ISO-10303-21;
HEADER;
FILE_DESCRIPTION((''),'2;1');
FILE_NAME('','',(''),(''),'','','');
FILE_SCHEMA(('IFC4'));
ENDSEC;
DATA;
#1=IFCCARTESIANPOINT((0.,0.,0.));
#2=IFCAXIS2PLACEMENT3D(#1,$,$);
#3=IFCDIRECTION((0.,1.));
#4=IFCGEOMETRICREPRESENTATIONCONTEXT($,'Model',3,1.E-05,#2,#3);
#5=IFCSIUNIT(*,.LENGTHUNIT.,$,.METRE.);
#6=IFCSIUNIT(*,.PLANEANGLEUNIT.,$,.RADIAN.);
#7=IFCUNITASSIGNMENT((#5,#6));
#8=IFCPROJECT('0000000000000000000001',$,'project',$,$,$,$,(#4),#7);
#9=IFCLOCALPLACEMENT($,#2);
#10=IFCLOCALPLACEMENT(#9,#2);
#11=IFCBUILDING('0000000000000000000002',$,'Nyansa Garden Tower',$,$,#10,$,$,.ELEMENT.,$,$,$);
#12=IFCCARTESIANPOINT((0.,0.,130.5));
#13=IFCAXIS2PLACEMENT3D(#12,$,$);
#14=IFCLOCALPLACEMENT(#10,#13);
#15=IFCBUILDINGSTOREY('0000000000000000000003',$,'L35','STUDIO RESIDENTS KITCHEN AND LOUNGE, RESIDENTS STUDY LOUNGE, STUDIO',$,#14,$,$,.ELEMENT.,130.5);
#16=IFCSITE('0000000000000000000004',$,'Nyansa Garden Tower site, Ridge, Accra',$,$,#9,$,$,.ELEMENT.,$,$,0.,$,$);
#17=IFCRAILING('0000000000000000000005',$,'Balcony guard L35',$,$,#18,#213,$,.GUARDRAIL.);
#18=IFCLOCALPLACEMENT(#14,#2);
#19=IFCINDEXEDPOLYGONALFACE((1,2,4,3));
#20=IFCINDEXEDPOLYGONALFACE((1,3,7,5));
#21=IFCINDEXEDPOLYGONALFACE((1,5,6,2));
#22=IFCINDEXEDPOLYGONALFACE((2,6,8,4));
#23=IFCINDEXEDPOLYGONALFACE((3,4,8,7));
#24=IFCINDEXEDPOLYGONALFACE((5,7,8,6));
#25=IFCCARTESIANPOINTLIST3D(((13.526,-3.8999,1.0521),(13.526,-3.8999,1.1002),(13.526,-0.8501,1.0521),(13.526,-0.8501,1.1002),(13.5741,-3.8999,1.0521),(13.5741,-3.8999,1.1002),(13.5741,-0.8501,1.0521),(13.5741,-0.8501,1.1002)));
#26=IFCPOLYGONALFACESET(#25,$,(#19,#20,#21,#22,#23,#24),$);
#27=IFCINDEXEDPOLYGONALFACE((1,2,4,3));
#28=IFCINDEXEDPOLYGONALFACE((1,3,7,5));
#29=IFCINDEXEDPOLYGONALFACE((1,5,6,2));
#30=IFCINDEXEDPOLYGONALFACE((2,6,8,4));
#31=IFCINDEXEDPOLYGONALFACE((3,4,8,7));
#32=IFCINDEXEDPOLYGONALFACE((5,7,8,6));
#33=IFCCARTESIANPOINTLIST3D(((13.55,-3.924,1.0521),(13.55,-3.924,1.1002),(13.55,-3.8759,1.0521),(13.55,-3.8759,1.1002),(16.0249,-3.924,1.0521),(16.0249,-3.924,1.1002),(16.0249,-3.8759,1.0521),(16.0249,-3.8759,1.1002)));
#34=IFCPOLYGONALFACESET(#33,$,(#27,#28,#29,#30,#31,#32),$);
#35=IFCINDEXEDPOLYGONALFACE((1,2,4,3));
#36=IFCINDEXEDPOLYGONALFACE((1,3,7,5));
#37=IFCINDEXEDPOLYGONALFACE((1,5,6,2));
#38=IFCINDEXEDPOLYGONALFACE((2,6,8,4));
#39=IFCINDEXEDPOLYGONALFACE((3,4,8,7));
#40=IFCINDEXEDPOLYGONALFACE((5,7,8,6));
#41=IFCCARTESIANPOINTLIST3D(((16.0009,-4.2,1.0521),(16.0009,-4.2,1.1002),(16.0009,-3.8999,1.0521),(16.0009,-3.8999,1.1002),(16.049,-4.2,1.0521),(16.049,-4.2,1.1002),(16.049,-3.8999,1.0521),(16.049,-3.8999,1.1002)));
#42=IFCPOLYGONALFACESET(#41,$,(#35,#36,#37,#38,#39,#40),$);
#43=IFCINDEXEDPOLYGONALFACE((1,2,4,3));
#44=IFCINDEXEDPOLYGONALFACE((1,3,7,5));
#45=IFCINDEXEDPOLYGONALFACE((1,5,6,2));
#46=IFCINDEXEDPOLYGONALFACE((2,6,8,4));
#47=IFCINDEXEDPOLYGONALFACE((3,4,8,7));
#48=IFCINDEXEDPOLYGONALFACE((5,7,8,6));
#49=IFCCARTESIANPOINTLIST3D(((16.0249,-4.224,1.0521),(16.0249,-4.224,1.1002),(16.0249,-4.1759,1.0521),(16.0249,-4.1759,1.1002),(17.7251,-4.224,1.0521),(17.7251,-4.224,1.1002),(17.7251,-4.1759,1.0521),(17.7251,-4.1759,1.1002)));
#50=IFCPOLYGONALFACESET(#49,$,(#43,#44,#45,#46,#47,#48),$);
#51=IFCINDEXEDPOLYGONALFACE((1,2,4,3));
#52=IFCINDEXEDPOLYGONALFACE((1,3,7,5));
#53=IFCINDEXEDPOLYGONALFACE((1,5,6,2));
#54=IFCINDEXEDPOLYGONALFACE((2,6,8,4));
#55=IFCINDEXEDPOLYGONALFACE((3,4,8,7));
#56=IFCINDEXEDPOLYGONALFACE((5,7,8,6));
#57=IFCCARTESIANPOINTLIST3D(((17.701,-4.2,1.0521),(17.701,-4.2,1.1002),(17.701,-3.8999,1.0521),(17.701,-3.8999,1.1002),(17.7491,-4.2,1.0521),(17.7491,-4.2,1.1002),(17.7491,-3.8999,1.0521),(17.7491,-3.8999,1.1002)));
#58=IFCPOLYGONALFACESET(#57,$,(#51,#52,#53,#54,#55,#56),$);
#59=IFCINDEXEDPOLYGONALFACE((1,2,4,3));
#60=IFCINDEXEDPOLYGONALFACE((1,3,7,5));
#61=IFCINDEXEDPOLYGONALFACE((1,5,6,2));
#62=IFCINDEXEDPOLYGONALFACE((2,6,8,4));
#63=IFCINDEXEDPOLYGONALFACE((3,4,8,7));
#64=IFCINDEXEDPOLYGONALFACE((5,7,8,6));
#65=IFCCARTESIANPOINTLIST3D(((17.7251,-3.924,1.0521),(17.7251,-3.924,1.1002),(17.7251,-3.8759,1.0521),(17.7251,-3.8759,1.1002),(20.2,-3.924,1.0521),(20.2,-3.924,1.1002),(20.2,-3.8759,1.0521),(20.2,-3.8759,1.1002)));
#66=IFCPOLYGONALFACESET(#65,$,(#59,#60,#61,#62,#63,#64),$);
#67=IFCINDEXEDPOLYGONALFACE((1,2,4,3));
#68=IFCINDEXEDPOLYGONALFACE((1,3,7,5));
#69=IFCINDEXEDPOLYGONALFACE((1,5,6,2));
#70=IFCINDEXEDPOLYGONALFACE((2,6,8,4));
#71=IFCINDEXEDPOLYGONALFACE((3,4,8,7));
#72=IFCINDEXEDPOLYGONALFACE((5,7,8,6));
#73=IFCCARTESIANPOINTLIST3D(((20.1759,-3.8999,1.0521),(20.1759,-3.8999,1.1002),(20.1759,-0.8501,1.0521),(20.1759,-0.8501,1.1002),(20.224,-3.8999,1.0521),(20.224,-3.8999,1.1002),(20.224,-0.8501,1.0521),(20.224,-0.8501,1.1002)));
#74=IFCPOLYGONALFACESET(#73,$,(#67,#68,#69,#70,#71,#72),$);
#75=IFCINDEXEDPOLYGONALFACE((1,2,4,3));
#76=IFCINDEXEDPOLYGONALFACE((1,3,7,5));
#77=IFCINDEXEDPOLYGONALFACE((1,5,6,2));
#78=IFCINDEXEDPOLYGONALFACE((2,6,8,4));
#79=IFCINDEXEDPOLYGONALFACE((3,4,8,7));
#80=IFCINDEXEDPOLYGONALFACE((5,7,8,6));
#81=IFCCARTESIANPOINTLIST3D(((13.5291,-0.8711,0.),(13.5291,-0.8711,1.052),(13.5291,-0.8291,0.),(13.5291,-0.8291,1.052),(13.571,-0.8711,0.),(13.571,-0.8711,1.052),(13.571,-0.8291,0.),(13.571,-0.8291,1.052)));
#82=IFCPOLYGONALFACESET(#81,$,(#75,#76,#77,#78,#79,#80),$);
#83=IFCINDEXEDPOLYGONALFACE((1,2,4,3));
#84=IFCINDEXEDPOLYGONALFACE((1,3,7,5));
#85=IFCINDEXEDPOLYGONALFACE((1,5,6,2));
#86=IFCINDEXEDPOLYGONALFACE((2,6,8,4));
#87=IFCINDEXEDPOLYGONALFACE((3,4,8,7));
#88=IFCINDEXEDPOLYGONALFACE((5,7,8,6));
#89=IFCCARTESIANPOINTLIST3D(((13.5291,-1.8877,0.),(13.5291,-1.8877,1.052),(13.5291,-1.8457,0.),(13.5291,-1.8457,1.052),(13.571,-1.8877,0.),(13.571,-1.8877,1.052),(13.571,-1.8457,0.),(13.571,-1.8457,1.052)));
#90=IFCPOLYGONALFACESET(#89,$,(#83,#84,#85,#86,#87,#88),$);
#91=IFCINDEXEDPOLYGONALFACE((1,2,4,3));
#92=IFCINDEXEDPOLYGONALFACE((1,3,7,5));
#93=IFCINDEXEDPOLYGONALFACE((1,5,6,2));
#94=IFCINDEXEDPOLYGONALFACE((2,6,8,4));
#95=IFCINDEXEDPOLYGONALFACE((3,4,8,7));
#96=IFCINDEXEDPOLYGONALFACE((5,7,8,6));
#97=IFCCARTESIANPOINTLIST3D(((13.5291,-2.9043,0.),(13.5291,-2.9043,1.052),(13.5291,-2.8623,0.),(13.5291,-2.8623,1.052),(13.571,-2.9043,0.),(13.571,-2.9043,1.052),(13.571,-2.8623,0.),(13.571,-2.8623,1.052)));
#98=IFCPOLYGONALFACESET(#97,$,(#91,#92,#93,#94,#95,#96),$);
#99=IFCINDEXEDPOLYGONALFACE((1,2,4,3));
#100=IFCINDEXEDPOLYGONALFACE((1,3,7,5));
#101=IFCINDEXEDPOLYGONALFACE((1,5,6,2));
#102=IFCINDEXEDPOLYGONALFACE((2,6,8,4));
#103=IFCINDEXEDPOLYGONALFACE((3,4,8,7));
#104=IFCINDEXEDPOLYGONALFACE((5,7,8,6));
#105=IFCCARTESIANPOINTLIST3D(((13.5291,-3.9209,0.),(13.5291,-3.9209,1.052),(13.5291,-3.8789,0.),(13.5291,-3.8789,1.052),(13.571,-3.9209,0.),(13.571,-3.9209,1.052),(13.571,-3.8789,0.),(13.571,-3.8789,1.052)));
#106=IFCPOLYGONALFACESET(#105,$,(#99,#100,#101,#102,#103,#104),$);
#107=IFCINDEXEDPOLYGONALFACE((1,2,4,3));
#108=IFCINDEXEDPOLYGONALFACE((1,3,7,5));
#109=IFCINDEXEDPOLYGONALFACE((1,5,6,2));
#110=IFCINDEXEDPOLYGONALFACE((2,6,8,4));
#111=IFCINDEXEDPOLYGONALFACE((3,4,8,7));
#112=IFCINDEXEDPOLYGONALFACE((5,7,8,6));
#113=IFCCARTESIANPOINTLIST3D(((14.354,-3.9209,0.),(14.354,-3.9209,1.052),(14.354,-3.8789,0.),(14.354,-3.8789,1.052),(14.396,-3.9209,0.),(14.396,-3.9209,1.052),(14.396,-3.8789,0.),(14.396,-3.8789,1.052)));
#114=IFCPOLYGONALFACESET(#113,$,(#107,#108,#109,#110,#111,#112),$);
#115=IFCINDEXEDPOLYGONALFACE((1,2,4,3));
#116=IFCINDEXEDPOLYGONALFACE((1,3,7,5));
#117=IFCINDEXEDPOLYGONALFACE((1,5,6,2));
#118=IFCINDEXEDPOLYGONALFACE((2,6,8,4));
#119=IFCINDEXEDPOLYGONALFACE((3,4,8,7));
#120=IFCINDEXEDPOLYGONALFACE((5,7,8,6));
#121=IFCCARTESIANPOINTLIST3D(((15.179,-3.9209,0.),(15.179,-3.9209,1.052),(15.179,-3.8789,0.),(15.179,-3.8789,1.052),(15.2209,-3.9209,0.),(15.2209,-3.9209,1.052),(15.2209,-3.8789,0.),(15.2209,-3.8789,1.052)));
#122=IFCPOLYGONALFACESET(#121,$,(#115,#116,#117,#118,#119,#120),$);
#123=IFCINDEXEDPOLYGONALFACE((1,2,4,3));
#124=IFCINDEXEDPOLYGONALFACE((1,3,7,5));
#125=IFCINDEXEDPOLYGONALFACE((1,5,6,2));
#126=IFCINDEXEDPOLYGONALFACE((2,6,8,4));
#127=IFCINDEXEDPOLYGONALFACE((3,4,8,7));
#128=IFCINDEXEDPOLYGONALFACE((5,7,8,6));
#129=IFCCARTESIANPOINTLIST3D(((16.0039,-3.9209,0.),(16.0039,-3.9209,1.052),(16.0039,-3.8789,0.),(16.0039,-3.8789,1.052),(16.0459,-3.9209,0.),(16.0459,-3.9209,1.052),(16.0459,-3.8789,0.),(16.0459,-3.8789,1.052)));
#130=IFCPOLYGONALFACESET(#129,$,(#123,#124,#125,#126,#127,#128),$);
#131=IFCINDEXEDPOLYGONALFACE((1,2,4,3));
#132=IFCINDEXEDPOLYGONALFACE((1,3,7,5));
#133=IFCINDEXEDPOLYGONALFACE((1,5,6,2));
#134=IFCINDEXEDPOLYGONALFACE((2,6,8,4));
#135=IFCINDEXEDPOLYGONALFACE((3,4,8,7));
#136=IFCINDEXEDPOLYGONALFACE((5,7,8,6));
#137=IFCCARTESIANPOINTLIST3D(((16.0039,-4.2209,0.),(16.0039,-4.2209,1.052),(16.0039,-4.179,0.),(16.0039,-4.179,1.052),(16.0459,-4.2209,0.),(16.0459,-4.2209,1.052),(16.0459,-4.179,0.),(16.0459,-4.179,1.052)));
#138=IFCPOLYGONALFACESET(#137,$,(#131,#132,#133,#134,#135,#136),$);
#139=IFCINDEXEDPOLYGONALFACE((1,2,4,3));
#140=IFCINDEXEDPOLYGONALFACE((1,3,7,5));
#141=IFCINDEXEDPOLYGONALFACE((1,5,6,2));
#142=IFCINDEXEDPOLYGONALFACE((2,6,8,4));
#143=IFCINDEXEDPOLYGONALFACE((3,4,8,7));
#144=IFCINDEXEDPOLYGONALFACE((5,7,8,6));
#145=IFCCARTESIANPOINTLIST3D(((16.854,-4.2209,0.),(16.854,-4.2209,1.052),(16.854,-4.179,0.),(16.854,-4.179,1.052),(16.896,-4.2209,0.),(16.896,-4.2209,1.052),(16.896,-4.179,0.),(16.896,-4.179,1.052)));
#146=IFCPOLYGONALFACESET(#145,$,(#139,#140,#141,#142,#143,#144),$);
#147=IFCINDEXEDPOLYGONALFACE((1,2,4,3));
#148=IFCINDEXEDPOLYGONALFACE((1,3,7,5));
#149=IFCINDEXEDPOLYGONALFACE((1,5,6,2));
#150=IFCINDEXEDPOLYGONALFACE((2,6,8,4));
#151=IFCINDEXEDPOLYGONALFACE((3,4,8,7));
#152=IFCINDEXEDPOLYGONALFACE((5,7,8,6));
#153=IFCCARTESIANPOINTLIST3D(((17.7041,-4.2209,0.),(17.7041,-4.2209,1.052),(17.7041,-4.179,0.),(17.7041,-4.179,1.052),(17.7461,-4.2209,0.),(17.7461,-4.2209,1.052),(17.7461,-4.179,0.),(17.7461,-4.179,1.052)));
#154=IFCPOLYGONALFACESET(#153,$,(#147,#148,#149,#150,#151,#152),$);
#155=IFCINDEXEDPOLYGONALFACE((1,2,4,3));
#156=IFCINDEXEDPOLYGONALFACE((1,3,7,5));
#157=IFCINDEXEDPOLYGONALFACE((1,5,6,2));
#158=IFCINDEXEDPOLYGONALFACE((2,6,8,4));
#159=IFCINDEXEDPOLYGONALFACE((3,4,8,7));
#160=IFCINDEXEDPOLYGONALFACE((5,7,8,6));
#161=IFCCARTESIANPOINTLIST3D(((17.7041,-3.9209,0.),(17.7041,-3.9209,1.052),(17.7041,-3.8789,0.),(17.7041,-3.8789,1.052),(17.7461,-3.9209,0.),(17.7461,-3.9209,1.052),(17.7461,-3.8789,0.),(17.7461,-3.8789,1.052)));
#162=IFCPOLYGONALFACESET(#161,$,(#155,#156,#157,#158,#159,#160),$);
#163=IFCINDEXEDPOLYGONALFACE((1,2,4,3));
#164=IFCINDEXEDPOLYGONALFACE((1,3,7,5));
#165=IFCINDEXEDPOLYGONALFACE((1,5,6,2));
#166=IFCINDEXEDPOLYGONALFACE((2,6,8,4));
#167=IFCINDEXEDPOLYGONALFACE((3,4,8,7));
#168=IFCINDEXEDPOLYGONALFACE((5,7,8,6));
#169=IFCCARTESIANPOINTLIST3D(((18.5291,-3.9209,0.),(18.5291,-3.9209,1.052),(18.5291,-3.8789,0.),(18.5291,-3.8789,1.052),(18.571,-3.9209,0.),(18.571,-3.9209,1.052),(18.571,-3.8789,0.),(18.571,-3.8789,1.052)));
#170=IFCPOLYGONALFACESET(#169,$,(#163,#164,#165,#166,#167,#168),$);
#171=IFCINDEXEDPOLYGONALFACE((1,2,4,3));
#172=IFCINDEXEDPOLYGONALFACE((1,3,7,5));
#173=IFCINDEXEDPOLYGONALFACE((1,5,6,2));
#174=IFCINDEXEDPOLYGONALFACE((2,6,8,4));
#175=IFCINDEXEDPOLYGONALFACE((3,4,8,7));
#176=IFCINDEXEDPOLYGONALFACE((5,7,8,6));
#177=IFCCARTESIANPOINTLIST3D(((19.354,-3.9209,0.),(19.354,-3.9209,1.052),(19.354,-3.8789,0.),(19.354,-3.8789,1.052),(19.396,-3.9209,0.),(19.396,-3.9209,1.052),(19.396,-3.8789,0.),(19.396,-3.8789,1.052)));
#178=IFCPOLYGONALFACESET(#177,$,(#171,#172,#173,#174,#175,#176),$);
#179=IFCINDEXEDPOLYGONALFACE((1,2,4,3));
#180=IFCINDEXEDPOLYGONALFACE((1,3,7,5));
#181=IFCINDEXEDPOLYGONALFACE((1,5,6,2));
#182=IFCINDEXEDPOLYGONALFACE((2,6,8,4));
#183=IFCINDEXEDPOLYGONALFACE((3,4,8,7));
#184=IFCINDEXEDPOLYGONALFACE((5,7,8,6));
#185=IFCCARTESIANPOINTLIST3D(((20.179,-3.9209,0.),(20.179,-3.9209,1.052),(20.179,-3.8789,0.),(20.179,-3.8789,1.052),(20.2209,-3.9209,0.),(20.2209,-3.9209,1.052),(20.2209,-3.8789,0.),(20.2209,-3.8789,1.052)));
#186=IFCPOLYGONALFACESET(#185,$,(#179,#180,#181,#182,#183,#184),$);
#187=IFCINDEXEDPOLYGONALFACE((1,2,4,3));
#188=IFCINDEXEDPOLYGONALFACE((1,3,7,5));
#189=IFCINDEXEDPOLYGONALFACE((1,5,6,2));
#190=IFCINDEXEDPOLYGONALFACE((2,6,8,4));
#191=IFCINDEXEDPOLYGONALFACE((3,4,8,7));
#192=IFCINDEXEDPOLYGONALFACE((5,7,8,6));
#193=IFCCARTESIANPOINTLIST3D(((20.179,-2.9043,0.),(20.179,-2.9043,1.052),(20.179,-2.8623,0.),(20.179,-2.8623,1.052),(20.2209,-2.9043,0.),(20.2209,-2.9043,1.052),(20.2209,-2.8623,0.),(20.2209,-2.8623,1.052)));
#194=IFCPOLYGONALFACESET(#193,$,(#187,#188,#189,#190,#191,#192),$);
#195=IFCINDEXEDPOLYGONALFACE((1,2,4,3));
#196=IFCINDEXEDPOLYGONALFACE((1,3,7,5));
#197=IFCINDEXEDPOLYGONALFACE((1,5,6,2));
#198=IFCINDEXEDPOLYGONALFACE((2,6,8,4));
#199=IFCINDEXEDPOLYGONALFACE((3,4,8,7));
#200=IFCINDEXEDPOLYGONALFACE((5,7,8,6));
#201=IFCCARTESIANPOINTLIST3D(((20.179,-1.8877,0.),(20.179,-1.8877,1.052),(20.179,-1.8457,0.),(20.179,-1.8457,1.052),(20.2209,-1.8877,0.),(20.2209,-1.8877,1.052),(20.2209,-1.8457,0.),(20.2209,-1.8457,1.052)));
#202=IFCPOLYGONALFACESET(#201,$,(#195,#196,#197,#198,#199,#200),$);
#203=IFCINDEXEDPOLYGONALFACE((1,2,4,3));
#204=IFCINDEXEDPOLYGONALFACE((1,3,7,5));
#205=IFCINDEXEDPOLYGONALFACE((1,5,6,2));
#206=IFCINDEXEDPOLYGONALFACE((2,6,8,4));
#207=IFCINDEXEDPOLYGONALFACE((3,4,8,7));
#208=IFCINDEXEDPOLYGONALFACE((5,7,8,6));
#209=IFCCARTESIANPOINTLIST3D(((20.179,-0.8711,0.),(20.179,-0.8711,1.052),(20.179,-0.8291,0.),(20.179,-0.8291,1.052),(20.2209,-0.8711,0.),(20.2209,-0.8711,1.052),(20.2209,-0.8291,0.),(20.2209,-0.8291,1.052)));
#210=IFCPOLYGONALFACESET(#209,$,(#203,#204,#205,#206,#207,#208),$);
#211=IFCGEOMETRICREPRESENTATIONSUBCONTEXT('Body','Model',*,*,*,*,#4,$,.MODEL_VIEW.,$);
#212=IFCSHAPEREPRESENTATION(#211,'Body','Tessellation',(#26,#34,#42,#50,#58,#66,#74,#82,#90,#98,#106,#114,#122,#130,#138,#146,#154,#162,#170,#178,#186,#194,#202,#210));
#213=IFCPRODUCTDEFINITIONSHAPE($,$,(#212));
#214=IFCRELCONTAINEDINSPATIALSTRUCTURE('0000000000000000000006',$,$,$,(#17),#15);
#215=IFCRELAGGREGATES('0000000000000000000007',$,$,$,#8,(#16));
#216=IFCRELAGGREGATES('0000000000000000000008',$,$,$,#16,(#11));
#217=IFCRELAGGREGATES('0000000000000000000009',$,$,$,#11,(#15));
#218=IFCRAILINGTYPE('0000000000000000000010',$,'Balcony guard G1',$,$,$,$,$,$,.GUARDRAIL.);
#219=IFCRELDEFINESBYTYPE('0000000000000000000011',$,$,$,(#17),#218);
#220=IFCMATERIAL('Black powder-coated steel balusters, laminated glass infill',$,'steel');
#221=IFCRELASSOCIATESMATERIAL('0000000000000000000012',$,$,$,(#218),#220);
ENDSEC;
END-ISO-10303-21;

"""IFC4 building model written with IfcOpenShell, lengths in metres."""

from ifc_helpers import new_model, si_unit, direction, frame, origin, origin_2d, place, context, subcontext, project, spatial, rectangle, extrude, material, type_object, element, save


model = new_model("IFC4")

# Units and contexts
model_context = context("Model", 3, precision=1e-05, world=origin(), true_north=direction((0.0, 1.0)))
body_context = subcontext(model_context, "Body", "Model", "MODEL_VIEW")
ifc_project = project(units=[si_unit("LENGTHUNIT", "METRE"), si_unit("PLANEANGLEUNIT", "RADIAN")], contexts=[model_context])

# Site, building, storey
site_placement = place(None, origin())
site = spatial("IfcSite", under=ifc_project, at=site_placement, Name="Nyansa Garden Tower site, Ridge, Accra", CompositionType="ELEMENT", RefElevation=0.0)
building_placement = place(site_placement, origin())
building = spatial("IfcBuilding", under=site, at=building_placement, Name="Nyansa Garden Tower", CompositionType="ELEMENT")
storey_placement = place(building_placement, frame((0.0, 0.0, 130.5)))
storey = spatial("IfcBuildingStorey", under=building, at=storey_placement, Name="L35", Description="STUDIO RESIDENTS KITCHEN AND LOUNGE, RESIDENTS STUDY LOUNGE, STUDIO", CompositionType="ELEMENT", Elevation=130.5)

# Railing
ifc_material_1 = material(Name="Black powder-coated steel balusters, laminated glass infill", Category="steel")
railing_type = type_object("IfcRailingType", Name="Balcony guard G1", PredefinedType="GUARDRAIL", material=ifc_material_1)
railing_placement = place(storey_placement, frame((13.55, -0.8501, 0.0)))
element("IfcRailing", 1, at=railing_placement, inside=storey, type_object=railing_type, Name="Balcony guard L35", PredefinedType="GUARDRAIL", context=body_context, shape_type="SweptSolid", body=[
    extrude(rectangle(XDim=0.0481, YDim=0.0481, at=origin_2d()), frame((0.0, 0.0, 1.0762), z_axis=(0.0, -1.0, 0.0), x_axis=(1.0, 0.0, 0.0)), (0.0, 0.0, 1.0), 3.0498),
    extrude(rectangle(XDim=0.0481, YDim=0.0481, at=origin_2d()), frame((0.0, -3.0498, 1.0762), z_axis=(1.0, 0.0, 0.0), x_axis=(0.0, 1.0, 0.0)), (0.0, 0.0, 1.0), 2.4749),
    extrude(rectangle(XDim=0.0481, YDim=0.0481, at=origin_2d()), frame((2.4749, -3.0498, 1.0762), z_axis=(0.0, -1.0, 0.0), x_axis=(1.0, 0.0, 0.0)), (0.0, 0.0, 1.0), 0.3),
    extrude(rectangle(XDim=0.0481, YDim=0.0481, at=origin_2d()), frame((2.4749, -3.3499, 1.0762), z_axis=(1.0, 0.0, 0.0), x_axis=(0.0, 1.0, 0.0)), (0.0, 0.0, 1.0), 1.7002),
    extrude(rectangle(XDim=0.0481, YDim=0.0481, at=origin_2d()), frame((4.175, -3.3499, 1.0762), z_axis=(0.0, 1.0, 0.0), x_axis=(-1.0, 0.0, 0.0)), (0.0, 0.0, 1.0), 0.3),
    extrude(rectangle(XDim=0.0481, YDim=0.0481, at=origin_2d()), frame((4.175, -3.0498, 1.0762), z_axis=(1.0, 0.0, 0.0), x_axis=(0.0, 1.0, 0.0)), (0.0, 0.0, 1.0), 2.4749),
    extrude(rectangle(XDim=0.0481, YDim=0.0481, at=origin_2d()), frame((6.6499, -3.0498, 1.0762), z_axis=(0.0, 1.0, 0.0), x_axis=(-1.0, 0.0, 0.0)), (0.0, 0.0, 1.0), 3.0498),
    extrude(rectangle(XDim=0.042, YDim=0.042, at=origin_2d()), origin(), (0.0, 0.0, 1.0), 1.052),
    extrude(rectangle(XDim=0.042, YDim=0.042, at=origin_2d()), frame((0.0, -1.0166, 0.0)), (0.0, 0.0, 1.0), 1.052),
    extrude(rectangle(XDim=0.042, YDim=0.042, at=origin_2d()), frame((0.0, -2.0332, 0.0)), (0.0, 0.0, 1.0), 1.052),
    extrude(rectangle(XDim=0.042, YDim=0.042, at=origin_2d()), frame((0.0, -3.0498, 0.0)), (0.0, 0.0, 1.0), 1.052),
    extrude(rectangle(XDim=0.042, YDim=0.042, at=origin_2d()), frame((0.825, -3.0498, 0.0)), (0.0, 0.0, 1.0), 1.052),
    extrude(rectangle(XDim=0.042, YDim=0.042, at=origin_2d()), frame((1.6499, -3.0498, 0.0)), (0.0, 0.0, 1.0), 1.052),
    extrude(rectangle(XDim=0.042, YDim=0.042, at=origin_2d()), frame((2.4749, -3.0498, 0.0)), (0.0, 0.0, 1.0), 1.052),
    extrude(rectangle(XDim=0.042, YDim=0.042, at=origin_2d()), frame((2.4749, -3.3499, 0.0)), (0.0, 0.0, 1.0), 1.052),
    extrude(rectangle(XDim=0.042, YDim=0.042, at=origin_2d()), frame((3.325, -3.3499, 0.0)), (0.0, 0.0, 1.0), 1.052),
    extrude(rectangle(XDim=0.042, YDim=0.042, at=origin_2d()), frame((4.175, -3.3499, 0.0)), (0.0, 0.0, 1.0), 1.052),
    extrude(rectangle(XDim=0.042, YDim=0.042, at=origin_2d()), frame((4.175, -3.0498, 0.0)), (0.0, 0.0, 1.0), 1.052),
    extrude(rectangle(XDim=0.042, YDim=0.042, at=origin_2d()), frame((5.0, -3.0498, 0.0)), (0.0, 0.0, 1.0), 1.052),
    extrude(rectangle(XDim=0.042, YDim=0.042, at=origin_2d()), frame((5.825, -3.0498, 0.0)), (0.0, 0.0, 1.0), 1.052),
    extrude(rectangle(XDim=0.042, YDim=0.042, at=origin_2d()), frame((6.6499, -3.0498, 0.0)), (0.0, 0.0, 1.0), 1.052),
    extrude(rectangle(XDim=0.042, YDim=0.042, at=origin_2d()), frame((6.6499, -2.0332, 0.0)), (0.0, 0.0, 1.0), 1.052),
    extrude(rectangle(XDim=0.042, YDim=0.042, at=origin_2d()), frame((6.6499, -1.0166, 0.0)), (0.0, 0.0, 1.0), 1.052),
    extrude(rectangle(XDim=0.042, YDim=0.042, at=origin_2d()), frame((6.6499, 0.0, 0.0)), (0.0, 0.0, 1.0), 1.052),
])

save(model, "model.ifc")
